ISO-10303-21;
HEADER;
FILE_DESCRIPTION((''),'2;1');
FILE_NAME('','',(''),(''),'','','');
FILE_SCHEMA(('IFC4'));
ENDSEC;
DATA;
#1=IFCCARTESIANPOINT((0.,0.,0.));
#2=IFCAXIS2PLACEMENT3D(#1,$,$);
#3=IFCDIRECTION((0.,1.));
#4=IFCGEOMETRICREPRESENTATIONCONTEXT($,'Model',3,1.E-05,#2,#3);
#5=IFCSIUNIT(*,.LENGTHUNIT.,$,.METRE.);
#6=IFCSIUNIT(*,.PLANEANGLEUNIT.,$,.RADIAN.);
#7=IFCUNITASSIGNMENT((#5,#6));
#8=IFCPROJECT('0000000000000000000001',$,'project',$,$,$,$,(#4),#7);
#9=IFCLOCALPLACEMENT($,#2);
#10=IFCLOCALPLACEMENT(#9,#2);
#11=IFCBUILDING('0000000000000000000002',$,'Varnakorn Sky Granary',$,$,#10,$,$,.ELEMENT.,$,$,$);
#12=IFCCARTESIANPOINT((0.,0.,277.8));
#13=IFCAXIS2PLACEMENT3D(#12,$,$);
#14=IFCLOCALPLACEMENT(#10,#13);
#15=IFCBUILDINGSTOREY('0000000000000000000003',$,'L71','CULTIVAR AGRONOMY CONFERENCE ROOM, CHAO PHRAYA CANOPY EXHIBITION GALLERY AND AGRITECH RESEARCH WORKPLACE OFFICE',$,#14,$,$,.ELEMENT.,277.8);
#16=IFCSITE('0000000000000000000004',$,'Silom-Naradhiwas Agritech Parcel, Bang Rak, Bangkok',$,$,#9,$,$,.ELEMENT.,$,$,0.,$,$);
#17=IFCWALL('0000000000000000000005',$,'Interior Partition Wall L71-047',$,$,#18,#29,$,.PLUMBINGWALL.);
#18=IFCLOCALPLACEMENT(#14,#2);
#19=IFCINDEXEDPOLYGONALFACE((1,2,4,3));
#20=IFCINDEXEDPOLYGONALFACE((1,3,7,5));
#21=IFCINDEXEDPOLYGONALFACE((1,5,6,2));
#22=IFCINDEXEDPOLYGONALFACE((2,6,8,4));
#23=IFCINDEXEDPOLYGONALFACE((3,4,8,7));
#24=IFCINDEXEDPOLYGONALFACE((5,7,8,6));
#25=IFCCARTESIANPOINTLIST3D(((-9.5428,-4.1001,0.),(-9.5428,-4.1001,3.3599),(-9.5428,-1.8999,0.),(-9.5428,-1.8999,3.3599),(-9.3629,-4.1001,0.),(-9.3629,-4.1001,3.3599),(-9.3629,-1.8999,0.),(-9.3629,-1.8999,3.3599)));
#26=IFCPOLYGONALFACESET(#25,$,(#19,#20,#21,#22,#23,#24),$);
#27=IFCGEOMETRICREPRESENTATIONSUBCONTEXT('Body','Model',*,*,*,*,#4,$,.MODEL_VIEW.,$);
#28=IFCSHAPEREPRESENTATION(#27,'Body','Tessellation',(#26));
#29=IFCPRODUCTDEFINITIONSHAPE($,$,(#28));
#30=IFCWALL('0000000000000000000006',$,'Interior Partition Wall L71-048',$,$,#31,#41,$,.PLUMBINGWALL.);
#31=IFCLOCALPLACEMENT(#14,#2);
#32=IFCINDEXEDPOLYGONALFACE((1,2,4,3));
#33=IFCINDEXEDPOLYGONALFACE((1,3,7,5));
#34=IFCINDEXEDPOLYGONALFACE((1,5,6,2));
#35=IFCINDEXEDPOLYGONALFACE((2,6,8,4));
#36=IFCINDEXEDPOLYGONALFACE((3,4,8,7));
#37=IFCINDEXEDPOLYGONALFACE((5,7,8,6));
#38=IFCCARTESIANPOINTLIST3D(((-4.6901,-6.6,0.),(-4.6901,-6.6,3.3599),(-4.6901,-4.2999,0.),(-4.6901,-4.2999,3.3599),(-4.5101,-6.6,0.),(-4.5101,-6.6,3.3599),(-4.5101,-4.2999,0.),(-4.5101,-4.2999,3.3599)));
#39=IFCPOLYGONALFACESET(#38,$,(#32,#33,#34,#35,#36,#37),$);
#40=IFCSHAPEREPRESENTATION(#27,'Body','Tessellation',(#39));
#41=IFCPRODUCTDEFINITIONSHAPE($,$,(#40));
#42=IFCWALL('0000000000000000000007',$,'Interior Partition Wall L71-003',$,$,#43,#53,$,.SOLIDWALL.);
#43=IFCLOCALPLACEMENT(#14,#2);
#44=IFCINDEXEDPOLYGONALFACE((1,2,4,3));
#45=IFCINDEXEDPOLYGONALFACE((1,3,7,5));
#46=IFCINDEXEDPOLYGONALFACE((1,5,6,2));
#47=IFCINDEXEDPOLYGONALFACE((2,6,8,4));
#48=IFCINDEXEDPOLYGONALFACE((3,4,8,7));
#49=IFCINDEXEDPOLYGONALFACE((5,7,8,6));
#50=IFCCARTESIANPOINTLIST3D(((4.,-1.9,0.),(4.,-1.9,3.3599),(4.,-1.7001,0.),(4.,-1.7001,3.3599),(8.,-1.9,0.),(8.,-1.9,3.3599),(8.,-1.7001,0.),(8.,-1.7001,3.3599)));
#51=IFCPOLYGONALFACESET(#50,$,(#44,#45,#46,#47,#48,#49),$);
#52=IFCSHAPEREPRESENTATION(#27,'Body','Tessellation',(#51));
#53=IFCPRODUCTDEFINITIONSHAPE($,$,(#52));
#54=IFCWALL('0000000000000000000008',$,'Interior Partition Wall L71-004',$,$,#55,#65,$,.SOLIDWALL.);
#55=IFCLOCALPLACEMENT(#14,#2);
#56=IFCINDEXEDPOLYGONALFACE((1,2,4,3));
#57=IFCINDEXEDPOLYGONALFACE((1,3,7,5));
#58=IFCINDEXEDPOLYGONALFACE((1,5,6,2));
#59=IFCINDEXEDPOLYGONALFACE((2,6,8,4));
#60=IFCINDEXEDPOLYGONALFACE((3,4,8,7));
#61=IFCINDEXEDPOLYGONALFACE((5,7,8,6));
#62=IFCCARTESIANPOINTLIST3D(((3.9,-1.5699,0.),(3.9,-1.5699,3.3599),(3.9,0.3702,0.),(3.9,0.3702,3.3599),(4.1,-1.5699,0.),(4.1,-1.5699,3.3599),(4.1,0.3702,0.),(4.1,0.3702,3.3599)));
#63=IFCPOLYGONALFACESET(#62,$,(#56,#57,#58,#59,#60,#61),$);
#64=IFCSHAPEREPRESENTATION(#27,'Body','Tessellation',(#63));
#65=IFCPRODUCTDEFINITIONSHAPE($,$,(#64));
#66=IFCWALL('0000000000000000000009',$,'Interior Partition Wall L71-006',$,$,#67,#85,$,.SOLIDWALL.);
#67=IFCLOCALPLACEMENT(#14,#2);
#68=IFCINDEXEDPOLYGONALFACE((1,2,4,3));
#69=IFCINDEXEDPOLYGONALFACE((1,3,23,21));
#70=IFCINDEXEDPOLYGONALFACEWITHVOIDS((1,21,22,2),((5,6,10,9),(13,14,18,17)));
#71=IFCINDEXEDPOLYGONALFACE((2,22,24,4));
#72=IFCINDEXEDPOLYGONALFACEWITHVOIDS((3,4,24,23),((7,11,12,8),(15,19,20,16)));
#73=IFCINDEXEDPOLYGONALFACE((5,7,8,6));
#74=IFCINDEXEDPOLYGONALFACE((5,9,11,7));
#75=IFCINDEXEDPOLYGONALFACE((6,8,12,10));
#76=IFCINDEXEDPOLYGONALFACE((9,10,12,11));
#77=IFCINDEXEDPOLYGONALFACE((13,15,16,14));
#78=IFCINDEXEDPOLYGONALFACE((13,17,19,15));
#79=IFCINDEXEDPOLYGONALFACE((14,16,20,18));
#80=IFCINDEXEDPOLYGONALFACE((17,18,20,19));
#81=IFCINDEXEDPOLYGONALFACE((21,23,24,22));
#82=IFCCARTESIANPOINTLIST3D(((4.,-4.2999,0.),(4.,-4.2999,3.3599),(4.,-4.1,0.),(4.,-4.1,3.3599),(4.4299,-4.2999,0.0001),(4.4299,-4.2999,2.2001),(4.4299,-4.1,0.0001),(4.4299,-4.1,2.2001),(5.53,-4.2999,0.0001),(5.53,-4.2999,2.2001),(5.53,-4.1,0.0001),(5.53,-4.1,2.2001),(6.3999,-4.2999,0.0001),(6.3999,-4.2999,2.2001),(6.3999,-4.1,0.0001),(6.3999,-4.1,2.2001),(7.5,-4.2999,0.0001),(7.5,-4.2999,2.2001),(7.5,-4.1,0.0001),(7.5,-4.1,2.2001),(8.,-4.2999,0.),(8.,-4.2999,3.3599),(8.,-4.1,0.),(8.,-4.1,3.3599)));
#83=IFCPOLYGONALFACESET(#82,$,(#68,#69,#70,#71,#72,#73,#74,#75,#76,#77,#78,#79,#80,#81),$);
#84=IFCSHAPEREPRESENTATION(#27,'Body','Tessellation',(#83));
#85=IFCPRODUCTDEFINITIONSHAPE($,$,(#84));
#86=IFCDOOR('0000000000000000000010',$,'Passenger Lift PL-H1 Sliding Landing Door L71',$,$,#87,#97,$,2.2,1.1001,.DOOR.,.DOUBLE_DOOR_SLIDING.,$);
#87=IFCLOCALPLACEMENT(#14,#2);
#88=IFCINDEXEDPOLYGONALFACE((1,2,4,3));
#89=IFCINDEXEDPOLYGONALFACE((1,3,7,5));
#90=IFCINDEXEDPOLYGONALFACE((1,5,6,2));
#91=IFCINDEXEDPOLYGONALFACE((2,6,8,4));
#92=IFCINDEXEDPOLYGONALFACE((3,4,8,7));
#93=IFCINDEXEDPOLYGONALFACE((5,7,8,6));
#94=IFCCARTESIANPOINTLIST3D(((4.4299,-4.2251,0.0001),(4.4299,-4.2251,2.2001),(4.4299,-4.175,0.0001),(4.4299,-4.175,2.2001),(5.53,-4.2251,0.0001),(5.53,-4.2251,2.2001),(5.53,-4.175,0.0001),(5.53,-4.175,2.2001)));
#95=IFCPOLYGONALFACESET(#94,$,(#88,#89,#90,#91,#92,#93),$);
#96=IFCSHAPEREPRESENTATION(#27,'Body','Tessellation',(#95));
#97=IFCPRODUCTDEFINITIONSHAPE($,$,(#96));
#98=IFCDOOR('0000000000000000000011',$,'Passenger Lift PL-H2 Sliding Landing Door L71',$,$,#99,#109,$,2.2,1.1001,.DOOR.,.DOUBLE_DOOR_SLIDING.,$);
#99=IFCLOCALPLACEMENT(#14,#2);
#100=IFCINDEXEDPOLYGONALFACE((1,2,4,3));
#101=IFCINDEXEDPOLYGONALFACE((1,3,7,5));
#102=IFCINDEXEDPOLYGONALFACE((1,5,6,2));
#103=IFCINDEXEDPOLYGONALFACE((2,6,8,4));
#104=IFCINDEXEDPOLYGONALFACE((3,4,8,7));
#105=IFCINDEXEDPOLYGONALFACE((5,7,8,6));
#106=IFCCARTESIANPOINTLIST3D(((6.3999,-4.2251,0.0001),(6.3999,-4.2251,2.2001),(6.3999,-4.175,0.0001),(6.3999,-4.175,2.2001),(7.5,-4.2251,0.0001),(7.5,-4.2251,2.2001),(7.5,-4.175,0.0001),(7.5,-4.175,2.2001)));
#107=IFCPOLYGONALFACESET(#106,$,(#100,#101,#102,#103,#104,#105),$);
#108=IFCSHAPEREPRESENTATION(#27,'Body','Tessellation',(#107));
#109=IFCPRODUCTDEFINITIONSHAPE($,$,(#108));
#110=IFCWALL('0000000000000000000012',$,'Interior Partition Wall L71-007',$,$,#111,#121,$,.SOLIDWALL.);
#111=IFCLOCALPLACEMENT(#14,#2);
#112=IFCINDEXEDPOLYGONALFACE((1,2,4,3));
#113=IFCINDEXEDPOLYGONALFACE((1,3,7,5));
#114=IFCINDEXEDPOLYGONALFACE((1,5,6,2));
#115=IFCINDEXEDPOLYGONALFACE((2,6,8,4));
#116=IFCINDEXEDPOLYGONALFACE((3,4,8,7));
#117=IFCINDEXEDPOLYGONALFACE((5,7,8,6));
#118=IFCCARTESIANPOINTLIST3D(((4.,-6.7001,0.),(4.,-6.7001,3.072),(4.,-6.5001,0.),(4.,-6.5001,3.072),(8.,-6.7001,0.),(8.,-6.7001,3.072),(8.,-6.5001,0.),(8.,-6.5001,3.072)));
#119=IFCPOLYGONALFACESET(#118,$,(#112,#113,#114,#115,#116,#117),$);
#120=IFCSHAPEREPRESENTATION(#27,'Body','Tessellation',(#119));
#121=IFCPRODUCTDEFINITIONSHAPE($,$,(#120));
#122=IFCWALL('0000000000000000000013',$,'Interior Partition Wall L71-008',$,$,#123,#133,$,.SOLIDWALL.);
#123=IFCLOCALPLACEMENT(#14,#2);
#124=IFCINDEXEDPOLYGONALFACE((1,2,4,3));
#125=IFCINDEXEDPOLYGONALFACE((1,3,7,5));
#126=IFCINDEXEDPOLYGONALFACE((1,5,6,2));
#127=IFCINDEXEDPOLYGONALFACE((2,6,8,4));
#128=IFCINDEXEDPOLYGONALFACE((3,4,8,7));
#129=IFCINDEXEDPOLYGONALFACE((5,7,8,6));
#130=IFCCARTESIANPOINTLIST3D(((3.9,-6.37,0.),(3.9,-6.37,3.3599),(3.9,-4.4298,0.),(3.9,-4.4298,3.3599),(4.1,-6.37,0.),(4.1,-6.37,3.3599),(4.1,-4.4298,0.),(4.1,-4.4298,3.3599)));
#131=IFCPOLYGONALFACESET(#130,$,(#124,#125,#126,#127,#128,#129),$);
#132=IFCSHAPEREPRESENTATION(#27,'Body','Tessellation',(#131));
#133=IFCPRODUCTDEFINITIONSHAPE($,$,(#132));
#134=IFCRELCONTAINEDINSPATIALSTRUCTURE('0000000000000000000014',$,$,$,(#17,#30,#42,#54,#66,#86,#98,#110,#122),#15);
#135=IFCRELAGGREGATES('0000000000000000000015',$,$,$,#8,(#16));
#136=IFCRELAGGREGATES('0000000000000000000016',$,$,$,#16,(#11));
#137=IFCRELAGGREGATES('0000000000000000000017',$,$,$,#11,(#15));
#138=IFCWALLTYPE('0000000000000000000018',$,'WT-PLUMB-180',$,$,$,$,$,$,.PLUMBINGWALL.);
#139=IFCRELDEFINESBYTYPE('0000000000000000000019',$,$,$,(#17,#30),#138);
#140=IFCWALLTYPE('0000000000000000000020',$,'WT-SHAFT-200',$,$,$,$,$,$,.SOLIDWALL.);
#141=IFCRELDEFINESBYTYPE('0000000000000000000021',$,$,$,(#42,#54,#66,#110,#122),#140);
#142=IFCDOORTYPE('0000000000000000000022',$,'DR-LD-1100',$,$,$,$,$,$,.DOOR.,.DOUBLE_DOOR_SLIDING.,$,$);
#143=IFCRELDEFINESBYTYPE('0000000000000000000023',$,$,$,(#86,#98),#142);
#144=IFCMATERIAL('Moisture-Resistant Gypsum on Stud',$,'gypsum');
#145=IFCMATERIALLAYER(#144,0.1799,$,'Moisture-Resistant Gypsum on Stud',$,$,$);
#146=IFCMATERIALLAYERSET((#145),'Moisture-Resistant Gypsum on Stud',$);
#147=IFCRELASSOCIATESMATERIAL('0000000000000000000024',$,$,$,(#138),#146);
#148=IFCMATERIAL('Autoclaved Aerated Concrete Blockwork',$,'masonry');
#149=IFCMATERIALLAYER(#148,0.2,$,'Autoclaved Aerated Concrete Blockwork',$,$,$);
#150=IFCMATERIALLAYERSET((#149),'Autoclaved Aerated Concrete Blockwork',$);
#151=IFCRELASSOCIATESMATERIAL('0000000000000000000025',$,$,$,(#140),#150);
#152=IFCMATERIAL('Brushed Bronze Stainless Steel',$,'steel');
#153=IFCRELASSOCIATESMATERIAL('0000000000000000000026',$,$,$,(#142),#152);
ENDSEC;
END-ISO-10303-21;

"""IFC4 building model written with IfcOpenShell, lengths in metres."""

from ifc_helpers import new_model, si_unit, direction, frame, frame_2d, origin, place, context, subcontext, project, spatial, rectangle, extrude, material, layer, layer_set, type_object, element, fill, save


model = new_model("IFC4")

# Units and contexts
model_context = context("Model", 3, precision=1e-05, world=origin(), true_north=direction((0.0, 1.0)))
body_context = subcontext(model_context, "Body", "Model", "MODEL_VIEW")
ifc_project = project(units=[si_unit("LENGTHUNIT", "METRE"), si_unit("PLANEANGLEUNIT", "RADIAN")], contexts=[model_context])

# Site, building, storey
site_placement = place(None, origin())
site = spatial("IfcSite", under=ifc_project, at=site_placement, Name="Silom-Naradhiwas Agritech Parcel, Bang Rak, Bangkok", CompositionType="ELEMENT", RefElevation=0.0)
building_placement = place(site_placement, origin())
building = spatial("IfcBuilding", under=site, at=building_placement, Name="Varnakorn Sky Granary", CompositionType="ELEMENT")
storey_placement = place(building_placement, frame((0.0, 0.0, 277.8)))
storey = spatial("IfcBuildingStorey", under=building, at=storey_placement, Name="L71", Description="CULTIVAR AGRONOMY CONFERENCE ROOM, CHAO PHRAYA CANOPY EXHIBITION GALLERY AND AGRITECH RESEARCH WORKPLACE OFFICE", CompositionType="ELEMENT", Elevation=277.8)

# Shared definitions
ifc_material_1 = material(Name="Autoclaved Aerated Concrete Blockwork", Category="masonry")

# Shared definitions
ifc_material_2 = material(Name="Moisture-Resistant Gypsum on Stud", Category="gypsum")
ifc_layer_1 = layer(ifc_material_2, 0.1799, Name="Moisture-Resistant Gypsum on Stud")
ifc_layer_set_1 = layer_set([ifc_layer_1], Name="Moisture-Resistant Gypsum on Stud")
wall_type_1 = type_object("IfcWallType", Name="WT-PLUMB-180", PredefinedType="PLUMBINGWALL", material=ifc_layer_set_1)

# Walls
wall_1_placement = place(storey_placement, frame((-9.4529, -1.8999, 0.0), z_axis=(0.0, 0.0, 1.0), x_axis=(0.0, -1.0, 0.0)))
element("IfcWall", 1, at=wall_1_placement, inside=storey, type_object=wall_type_1, Name="Interior Partition Wall L71-047", PredefinedType="PLUMBINGWALL", context=body_context, shape_type="SweptSolid", body=[
    extrude(rectangle(XDim=2.2002, YDim=0.1799, at=frame_2d((1.1001, 0.0))), origin(), (0.0, 0.0, 1.0), 3.3599),
])
wall_2_placement = place(storey_placement, frame((-4.6001, -4.3, 0.0), z_axis=(0.0, 0.0, 1.0), x_axis=(0.0, -1.0, 0.0)))
element("IfcWall", 2, at=wall_2_placement, inside=storey, type_object=wall_type_1, Name="Interior Partition Wall L71-048", PredefinedType="PLUMBINGWALL", context=body_context, shape_type="SweptSolid", body=[
    extrude(rectangle(XDim=2.3, YDim=0.1799, at=frame_2d((1.1499, 0.0))), origin(), (0.0, 0.0, 1.0), 3.3599),
])
ifc_layer_2 = layer(ifc_material_1, 0.2, Name="Autoclaved Aerated Concrete Blockwork")
ifc_layer_set_2 = layer_set([ifc_layer_2], Name="Autoclaved Aerated Concrete Blockwork")
wall_type_2 = type_object("IfcWallType", Name="WT-SHAFT-200", PredefinedType="SOLIDWALL", material=ifc_layer_set_2)
wall_3_placement = place(storey_placement, frame((4.0, -1.8, 0.0), z_axis=(0.0, 0.0, 1.0), x_axis=(1.0, 0.0, 0.0)))
element("IfcWall", 3, at=wall_3_placement, inside=storey, type_object=wall_type_2, Name="Interior Partition Wall L71-003", PredefinedType="SOLIDWALL", context=body_context, shape_type="SweptSolid", body=[
    extrude(rectangle(XDim=4.0, YDim=0.2, at=frame_2d((2.0, 0.0))), origin(), (0.0, 0.0, 1.0), 3.3599),
])
wall_4_placement = place(storey_placement, frame((4.0, -1.5701, 0.0), z_axis=(0.0, 0.0, 1.0), x_axis=(0.0, 1.0, 0.0)))
element("IfcWall", 4, at=wall_4_placement, inside=storey, type_object=wall_type_2, Name="Interior Partition Wall L71-004", PredefinedType="SOLIDWALL", context=body_context, shape_type="SweptSolid", body=[
    extrude(rectangle(XDim=1.9402, YDim=0.2, at=frame_2d((0.9702, 0.0))), origin(), (0.0, 0.0, 1.0), 3.3599),
])

# Wall, openings, doors
wall_5_placement = place(storey_placement, frame((4.0, -4.2, 0.0), z_axis=(0.0, 0.0, 1.0), x_axis=(1.0, 0.0, 0.0)))
wall_5 = element("IfcWall", 5, at=wall_5_placement, inside=storey, type_object=wall_type_2, Name="Interior Partition Wall L71-006", PredefinedType="SOLIDWALL", context=body_context, shape_type="SweptSolid", body=[
    extrude(rectangle(XDim=4.0, YDim=0.2, at=frame_2d((2.0, 0.0))), origin(), (0.0, 0.0, 1.0), 3.3599),
])
opening_1_placement = place(wall_5_placement, frame((0.4299, 0.0, 0.0)))
opening_1 = element("IfcOpeningElement", 6, at=opening_1_placement, cuts=wall_5, PredefinedType="OPENING", context=body_context, shape_type="SweptSolid", body=[
    extrude(rectangle(XDim=1.1001, YDim=2.2, at=frame_2d((0.55, 1.1001))), frame((0.0, 0.1099, 0.0), z_axis=(0.0, -1.0, 0.0), x_axis=(1.0, 0.0, 0.0)), (0.0, 0.0, 1.0), 0.22),
])
opening_2_placement = place(wall_5_placement, frame((2.3999, 0.0, 0.0)))
opening_2 = element("IfcOpeningElement", 7, at=opening_2_placement, cuts=wall_5, PredefinedType="OPENING", context=body_context, shape_type="SweptSolid", body=[
    extrude(rectangle(XDim=1.1001, YDim=2.2, at=frame_2d((0.55, 1.1001))), frame((0.0, 0.1099, 0.0), z_axis=(0.0, -1.0, 0.0), x_axis=(1.0, 0.0, 0.0)), (0.0, 0.0, 1.0), 0.22),
])
ifc_material_3 = material(Name="Brushed Bronze Stainless Steel", Category="steel")
door_type_1 = type_object("IfcDoorType", Name="DR-LD-1100", OperationType="DOUBLE_DOOR_SLIDING", PredefinedType="DOOR", material=ifc_material_3)
door_1_placement = place(opening_1_placement, origin())
door_1 = element("IfcDoor", 8, at=door_1_placement, inside=storey, type_object=door_type_1, Name="Passenger Lift PL-H1 Sliding Landing Door L71", OperationType="DOUBLE_DOOR_SLIDING", OverallHeight=2.2, OverallWidth=1.1001, PredefinedType="DOOR", context=body_context, shape_type="SweptSolid", body=[
    extrude(rectangle(XDim=1.1001, YDim=2.2, at=frame_2d((0.55, 1.1001))), frame((0.0, 0.0249, 0.0), z_axis=(0.0, -1.0, 0.0), x_axis=(1.0, 0.0, 0.0)), (0.0, 0.0, 1.0), 0.05),
])
fill(opening_1, door_1)
door_2_placement = place(opening_2_placement, origin())
door_2 = element("IfcDoor", 9, at=door_2_placement, inside=storey, type_object=door_type_1, Name="Passenger Lift PL-H2 Sliding Landing Door L71", OperationType="DOUBLE_DOOR_SLIDING", OverallHeight=2.2, OverallWidth=1.1001, PredefinedType="DOOR", context=body_context, shape_type="SweptSolid", body=[
    extrude(rectangle(XDim=1.1001, YDim=2.2, at=frame_2d((0.55, 1.1001))), frame((0.0, 0.0249, 0.0), z_axis=(0.0, -1.0, 0.0), x_axis=(1.0, 0.0, 0.0)), (0.0, 0.0, 1.0), 0.05),
])
fill(opening_2, door_2)

# Walls
wall_6_placement = place(storey_placement, frame((4.0, -6.6001, 0.0), z_axis=(0.0, 0.0, 1.0), x_axis=(1.0, 0.0, 0.0)))
element("IfcWall", 10, at=wall_6_placement, inside=storey, type_object=wall_type_2, Name="Interior Partition Wall L71-007", PredefinedType="SOLIDWALL", context=body_context, shape_type="SweptSolid", body=[
    extrude(rectangle(XDim=4.0, YDim=0.2, at=frame_2d((2.0, 0.0))), origin(), (0.0, 0.0, 1.0), 3.072),
])
wall_7_placement = place(storey_placement, frame((4.0, -6.3701, 0.0), z_axis=(0.0, 0.0, 1.0), x_axis=(0.0, 1.0, 0.0)))
element("IfcWall", 11, at=wall_7_placement, inside=storey, type_object=wall_type_2, Name="Interior Partition Wall L71-008", PredefinedType="SOLIDWALL", context=body_context, shape_type="SweptSolid", body=[
    extrude(rectangle(XDim=1.9402, YDim=0.2, at=frame_2d((0.9702, 0.0))), origin(), (0.0, 0.0, 1.0), 3.3599),
])

save(model, "model.ifc")
